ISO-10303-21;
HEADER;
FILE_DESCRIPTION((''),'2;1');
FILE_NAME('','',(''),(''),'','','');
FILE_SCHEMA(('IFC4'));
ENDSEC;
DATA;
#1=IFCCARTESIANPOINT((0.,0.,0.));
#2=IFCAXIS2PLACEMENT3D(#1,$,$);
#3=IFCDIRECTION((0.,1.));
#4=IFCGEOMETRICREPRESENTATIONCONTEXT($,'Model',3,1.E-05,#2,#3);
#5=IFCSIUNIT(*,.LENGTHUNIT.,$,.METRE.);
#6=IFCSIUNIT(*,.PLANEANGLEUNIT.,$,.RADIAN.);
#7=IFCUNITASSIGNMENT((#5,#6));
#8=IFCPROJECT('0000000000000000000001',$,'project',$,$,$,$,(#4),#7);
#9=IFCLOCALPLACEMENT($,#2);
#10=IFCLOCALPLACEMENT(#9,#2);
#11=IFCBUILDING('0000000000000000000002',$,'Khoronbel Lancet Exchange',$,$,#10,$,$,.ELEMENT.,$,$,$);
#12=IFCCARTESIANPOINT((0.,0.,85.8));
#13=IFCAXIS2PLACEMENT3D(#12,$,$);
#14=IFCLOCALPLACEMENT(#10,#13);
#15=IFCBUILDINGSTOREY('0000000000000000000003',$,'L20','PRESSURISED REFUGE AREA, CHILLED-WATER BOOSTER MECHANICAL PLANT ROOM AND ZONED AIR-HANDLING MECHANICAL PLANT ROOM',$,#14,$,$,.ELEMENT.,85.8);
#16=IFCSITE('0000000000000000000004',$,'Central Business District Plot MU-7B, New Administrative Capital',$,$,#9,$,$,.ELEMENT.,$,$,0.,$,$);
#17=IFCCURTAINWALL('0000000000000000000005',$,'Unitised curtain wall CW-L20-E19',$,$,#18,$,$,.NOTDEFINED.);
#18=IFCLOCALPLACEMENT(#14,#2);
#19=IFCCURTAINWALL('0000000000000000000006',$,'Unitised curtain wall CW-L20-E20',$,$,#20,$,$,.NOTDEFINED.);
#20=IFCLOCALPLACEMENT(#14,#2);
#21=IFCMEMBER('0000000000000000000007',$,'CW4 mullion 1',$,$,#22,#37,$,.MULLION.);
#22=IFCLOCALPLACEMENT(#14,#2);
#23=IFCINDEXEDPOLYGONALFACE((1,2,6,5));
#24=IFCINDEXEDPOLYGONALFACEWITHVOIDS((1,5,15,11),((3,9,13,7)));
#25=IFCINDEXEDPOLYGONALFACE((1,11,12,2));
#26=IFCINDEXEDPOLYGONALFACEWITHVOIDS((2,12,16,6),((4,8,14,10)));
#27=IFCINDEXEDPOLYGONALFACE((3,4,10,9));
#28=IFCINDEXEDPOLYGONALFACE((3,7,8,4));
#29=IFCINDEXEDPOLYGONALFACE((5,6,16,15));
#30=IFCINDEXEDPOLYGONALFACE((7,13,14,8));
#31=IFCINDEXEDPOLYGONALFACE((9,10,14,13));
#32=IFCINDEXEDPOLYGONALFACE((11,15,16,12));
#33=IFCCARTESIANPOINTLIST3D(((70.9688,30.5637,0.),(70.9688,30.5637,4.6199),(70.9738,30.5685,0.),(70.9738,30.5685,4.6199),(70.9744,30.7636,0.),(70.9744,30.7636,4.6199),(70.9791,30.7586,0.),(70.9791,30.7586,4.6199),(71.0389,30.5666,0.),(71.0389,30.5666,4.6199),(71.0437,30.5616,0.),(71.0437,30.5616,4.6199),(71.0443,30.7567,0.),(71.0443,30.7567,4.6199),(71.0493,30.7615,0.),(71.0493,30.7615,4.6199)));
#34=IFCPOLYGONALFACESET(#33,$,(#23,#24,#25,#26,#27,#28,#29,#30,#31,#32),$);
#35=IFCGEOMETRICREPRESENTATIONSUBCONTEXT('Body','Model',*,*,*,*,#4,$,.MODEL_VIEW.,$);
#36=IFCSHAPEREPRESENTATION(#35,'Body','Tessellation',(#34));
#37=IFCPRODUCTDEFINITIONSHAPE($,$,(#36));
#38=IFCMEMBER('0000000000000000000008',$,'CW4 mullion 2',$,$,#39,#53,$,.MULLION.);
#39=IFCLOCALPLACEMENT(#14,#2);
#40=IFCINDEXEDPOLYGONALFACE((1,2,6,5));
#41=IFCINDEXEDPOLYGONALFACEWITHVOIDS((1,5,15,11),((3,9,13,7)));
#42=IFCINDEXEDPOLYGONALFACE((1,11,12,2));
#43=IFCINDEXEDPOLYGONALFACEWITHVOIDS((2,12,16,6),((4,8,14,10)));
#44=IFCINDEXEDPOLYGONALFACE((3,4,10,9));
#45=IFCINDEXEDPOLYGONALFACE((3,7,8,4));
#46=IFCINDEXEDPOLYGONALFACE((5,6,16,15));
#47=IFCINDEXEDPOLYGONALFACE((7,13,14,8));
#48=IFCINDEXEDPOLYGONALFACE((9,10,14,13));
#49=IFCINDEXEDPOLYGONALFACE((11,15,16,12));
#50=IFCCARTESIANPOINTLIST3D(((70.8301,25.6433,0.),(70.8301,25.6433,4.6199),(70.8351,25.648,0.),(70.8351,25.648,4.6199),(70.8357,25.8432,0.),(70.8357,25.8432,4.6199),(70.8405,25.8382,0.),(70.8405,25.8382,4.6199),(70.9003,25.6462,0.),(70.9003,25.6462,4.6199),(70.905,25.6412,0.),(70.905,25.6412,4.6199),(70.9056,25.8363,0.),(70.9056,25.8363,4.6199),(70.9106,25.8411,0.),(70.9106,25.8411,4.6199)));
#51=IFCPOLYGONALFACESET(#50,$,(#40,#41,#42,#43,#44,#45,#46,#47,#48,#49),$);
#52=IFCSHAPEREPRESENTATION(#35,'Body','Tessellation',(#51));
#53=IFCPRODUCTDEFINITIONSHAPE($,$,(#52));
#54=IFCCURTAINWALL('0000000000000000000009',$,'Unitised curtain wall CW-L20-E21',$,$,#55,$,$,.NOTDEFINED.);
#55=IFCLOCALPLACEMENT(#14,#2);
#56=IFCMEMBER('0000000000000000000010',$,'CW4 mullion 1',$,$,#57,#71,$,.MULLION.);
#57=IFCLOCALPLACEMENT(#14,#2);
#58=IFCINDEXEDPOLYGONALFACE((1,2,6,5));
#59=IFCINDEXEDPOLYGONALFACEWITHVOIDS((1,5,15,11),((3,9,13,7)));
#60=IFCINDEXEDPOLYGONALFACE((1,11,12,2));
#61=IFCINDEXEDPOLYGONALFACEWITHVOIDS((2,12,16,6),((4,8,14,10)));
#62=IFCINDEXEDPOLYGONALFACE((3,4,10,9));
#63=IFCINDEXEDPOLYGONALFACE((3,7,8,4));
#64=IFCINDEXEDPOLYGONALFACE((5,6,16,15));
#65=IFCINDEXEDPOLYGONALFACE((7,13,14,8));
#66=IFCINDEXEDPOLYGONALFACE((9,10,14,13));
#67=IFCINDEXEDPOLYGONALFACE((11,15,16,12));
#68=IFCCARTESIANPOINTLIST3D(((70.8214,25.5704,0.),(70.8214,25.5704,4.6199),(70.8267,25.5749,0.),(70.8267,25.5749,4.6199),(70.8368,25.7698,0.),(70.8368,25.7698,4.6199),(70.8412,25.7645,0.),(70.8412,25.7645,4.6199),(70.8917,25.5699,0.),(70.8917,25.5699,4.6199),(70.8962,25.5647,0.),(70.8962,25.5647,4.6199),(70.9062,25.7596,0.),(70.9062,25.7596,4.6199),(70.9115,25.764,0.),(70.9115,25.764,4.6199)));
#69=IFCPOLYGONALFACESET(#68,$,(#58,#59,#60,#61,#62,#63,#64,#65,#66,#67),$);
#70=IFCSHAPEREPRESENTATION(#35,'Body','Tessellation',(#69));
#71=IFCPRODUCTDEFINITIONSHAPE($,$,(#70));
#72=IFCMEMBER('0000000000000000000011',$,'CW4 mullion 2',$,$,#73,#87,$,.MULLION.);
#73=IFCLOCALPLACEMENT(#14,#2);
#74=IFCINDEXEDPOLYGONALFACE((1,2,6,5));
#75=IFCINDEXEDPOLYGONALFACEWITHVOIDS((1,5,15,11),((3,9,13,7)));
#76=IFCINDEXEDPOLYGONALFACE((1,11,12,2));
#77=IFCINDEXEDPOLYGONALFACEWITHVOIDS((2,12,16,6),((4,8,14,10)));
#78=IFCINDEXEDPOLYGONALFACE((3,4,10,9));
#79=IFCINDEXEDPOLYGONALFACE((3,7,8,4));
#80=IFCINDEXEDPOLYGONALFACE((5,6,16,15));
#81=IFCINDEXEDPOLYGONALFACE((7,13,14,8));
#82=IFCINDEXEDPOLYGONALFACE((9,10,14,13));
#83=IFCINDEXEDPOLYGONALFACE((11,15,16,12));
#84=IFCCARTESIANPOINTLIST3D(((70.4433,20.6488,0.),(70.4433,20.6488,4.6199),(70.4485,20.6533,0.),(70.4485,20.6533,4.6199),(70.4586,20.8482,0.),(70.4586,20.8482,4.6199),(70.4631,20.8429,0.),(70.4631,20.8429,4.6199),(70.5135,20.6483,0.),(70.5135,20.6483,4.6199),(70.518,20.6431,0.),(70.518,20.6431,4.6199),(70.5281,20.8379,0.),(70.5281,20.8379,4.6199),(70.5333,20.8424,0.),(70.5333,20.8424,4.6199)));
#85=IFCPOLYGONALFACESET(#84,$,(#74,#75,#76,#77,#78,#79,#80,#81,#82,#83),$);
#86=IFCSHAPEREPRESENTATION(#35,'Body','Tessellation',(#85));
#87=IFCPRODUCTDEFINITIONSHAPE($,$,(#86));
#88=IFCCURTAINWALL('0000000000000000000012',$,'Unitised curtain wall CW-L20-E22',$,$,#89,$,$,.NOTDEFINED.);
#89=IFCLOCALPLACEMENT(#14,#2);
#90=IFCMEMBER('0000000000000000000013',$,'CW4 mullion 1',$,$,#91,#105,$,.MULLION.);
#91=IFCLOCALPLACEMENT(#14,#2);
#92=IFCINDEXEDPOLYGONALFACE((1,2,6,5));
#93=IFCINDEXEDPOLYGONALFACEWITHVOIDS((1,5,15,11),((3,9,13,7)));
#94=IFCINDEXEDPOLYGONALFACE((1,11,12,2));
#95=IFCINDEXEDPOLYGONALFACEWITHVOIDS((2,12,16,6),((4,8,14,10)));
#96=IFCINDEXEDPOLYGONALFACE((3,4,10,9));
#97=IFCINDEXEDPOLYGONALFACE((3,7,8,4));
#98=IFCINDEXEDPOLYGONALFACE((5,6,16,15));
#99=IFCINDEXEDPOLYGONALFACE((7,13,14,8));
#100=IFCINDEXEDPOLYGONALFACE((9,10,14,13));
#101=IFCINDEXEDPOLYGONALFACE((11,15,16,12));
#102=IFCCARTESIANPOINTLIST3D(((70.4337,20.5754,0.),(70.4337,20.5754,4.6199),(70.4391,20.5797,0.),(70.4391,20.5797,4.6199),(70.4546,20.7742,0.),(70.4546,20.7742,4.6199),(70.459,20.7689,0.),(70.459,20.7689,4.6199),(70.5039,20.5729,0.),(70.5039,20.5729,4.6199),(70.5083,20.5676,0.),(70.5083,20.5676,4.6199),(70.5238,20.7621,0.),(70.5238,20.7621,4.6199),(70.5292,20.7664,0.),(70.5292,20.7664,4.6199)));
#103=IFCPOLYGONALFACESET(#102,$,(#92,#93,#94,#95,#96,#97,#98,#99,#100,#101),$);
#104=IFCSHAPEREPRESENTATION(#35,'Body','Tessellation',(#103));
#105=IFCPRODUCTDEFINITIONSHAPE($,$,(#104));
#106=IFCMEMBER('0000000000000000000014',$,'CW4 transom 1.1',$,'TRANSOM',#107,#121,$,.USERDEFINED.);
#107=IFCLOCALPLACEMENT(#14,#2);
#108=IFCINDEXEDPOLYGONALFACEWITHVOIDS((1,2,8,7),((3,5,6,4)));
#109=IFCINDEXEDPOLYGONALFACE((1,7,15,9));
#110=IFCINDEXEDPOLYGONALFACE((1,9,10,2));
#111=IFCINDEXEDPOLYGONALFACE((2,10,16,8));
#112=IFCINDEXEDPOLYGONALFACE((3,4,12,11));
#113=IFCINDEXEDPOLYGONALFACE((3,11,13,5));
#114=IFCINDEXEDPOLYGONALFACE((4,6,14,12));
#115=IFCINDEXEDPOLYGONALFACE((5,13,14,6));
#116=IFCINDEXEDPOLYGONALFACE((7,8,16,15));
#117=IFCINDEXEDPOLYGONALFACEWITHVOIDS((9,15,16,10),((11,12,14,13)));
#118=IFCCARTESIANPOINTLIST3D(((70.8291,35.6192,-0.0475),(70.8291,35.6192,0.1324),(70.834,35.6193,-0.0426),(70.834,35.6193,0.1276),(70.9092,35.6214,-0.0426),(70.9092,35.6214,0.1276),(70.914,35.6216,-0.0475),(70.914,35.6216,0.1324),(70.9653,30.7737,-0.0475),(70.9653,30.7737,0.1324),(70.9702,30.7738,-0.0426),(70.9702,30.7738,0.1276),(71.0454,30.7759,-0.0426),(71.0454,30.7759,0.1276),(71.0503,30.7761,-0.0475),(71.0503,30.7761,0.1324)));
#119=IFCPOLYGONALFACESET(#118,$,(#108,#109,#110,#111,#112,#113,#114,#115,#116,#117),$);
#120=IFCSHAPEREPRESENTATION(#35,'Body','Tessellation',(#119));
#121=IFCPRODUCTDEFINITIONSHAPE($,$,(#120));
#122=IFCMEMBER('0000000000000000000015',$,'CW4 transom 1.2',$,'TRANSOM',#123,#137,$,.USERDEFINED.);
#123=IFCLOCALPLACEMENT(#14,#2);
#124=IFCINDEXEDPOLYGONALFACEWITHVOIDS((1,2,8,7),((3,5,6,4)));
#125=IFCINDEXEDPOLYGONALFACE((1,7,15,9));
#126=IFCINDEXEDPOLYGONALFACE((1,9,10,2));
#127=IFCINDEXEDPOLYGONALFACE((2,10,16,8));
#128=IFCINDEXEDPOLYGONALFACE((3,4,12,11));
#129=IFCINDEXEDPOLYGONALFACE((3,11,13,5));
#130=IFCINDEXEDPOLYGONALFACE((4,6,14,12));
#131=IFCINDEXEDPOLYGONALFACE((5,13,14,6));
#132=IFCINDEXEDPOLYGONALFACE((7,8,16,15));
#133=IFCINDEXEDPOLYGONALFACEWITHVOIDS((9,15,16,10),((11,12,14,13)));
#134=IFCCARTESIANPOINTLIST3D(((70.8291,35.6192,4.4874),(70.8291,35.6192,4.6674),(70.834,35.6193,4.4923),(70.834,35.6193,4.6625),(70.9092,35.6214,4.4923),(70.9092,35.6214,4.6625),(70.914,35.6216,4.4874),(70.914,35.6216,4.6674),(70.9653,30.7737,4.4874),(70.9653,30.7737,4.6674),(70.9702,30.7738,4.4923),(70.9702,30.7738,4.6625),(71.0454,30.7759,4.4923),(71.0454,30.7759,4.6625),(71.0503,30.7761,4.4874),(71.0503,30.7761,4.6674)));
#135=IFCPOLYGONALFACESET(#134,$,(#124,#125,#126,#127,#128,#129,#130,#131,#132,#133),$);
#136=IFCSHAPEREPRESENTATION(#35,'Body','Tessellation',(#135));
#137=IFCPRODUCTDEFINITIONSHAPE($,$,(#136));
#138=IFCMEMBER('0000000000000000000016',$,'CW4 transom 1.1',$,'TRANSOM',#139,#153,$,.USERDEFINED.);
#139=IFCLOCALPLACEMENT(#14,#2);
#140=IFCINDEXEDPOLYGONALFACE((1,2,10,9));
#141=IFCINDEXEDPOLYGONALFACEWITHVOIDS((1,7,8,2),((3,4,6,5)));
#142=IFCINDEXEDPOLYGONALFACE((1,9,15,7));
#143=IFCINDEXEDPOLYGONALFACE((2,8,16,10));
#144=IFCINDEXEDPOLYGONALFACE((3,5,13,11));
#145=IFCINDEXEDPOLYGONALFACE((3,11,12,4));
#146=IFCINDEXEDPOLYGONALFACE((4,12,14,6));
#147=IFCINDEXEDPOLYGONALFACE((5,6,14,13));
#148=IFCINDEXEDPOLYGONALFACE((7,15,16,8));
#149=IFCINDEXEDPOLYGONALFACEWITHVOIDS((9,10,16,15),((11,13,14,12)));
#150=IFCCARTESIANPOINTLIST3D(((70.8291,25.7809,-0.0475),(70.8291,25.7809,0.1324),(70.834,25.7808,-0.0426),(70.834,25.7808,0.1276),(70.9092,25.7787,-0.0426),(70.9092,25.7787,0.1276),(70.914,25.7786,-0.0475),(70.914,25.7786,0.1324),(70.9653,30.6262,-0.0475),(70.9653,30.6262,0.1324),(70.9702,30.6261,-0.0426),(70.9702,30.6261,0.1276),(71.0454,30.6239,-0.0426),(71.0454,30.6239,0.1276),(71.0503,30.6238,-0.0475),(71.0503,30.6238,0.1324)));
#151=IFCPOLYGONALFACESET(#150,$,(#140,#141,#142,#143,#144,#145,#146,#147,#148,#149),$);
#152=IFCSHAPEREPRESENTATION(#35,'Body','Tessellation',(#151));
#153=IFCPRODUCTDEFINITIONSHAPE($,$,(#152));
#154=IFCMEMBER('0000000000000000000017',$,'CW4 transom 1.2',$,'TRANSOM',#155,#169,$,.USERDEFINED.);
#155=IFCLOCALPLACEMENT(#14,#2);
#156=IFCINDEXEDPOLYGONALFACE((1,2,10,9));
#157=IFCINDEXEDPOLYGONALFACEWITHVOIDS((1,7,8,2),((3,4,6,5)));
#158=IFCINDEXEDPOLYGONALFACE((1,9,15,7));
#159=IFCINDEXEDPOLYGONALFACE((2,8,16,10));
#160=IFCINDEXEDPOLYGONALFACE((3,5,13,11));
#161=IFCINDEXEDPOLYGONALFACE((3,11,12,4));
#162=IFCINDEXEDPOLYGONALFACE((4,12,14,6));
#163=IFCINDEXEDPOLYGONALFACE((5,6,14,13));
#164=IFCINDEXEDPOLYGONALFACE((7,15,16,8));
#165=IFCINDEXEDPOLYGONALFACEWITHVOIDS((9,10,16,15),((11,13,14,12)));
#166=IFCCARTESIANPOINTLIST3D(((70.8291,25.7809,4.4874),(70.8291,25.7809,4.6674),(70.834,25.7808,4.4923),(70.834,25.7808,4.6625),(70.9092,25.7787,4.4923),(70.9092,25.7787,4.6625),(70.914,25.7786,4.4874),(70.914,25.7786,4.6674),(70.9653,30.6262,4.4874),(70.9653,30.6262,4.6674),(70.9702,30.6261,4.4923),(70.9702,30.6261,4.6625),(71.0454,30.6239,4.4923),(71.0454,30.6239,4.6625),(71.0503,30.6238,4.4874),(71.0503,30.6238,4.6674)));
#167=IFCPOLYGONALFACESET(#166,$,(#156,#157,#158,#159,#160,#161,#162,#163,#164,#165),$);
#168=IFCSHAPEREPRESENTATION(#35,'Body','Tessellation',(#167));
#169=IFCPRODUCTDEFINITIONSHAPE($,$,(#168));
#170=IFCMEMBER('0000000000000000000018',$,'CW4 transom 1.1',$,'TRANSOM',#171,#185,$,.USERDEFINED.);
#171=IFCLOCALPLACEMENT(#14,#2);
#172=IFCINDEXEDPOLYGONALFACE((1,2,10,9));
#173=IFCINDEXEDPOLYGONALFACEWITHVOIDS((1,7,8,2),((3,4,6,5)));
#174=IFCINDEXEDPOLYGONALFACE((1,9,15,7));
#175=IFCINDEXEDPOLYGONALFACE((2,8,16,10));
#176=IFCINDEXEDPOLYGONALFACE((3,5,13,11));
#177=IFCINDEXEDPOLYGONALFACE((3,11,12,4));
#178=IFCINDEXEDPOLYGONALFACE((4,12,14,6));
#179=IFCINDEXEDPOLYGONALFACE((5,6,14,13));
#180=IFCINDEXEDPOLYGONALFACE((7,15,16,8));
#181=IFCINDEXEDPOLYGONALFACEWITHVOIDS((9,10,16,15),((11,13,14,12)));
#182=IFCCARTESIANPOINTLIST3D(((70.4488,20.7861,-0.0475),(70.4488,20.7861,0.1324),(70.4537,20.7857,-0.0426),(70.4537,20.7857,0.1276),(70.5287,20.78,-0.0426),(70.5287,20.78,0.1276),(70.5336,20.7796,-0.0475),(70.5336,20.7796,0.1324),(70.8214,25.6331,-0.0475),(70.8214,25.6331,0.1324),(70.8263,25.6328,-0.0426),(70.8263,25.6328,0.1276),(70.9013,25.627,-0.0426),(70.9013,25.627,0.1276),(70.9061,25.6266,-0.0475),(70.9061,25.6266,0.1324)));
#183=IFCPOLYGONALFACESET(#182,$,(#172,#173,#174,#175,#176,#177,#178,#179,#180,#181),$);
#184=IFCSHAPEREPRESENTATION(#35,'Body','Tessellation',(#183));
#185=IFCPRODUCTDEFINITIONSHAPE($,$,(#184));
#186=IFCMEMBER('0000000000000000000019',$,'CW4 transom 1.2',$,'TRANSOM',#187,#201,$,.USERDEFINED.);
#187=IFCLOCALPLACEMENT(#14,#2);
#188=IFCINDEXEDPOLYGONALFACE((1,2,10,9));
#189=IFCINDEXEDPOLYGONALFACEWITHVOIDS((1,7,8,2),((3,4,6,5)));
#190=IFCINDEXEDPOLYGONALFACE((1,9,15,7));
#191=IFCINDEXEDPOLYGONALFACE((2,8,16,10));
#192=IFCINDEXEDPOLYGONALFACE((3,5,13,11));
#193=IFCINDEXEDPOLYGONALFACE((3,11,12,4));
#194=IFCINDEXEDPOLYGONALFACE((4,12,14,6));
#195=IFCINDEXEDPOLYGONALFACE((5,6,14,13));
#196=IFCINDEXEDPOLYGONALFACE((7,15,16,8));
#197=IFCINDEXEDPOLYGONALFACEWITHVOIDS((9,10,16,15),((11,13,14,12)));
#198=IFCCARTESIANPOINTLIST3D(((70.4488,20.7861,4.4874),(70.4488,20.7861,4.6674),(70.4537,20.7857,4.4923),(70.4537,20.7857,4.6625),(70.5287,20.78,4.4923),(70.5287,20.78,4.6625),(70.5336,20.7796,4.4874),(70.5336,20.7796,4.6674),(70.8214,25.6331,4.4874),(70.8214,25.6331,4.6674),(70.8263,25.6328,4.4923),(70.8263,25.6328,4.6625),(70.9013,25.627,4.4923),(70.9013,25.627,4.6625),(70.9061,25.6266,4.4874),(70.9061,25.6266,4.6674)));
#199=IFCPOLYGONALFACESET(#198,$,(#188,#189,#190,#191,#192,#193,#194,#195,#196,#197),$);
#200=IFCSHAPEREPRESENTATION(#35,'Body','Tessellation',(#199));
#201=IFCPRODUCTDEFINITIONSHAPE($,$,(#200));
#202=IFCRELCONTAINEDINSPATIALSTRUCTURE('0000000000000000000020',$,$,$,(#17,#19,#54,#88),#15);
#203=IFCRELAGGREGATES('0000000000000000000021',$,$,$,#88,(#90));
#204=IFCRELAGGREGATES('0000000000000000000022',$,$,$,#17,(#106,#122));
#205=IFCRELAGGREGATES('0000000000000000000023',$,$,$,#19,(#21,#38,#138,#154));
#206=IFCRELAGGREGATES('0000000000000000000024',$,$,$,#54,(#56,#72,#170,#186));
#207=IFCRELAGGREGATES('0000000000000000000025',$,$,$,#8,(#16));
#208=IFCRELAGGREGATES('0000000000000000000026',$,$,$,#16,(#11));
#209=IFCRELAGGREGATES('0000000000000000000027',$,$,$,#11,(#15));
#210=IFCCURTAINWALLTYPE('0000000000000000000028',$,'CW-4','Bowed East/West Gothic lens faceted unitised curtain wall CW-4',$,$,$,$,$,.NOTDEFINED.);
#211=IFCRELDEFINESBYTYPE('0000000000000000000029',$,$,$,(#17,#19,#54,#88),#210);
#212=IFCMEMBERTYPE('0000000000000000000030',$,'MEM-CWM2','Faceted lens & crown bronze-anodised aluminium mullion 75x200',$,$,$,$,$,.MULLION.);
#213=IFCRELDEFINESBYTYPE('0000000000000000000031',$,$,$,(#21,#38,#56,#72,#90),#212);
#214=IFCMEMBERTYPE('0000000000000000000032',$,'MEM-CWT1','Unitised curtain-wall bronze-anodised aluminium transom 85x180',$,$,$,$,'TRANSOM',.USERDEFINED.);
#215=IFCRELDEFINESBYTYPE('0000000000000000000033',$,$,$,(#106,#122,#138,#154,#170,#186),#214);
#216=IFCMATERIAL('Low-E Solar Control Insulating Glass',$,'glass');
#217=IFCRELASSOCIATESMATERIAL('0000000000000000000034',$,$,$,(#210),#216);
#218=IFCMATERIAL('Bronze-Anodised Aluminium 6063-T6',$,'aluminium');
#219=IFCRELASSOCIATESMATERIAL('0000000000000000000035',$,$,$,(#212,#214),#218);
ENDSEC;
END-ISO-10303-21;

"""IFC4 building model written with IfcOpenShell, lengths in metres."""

from ifc_helpers import new_model, si_unit, direction, frame, origin, origin_2d, place, context, subcontext, project, spatial, hollow_rectangle, extrude, material, material_profile, profile_set, type_object, element, aggregate, save


model = new_model("IFC4")

# Units and contexts
model_context = context("Model", 3, precision=1e-05, world=origin(), true_north=direction((0.0, 1.0)))
body_context = subcontext(model_context, "Body", "Model", "MODEL_VIEW")
ifc_project = project(units=[si_unit("LENGTHUNIT", "METRE"), si_unit("PLANEANGLEUNIT", "RADIAN")], contexts=[model_context])

# Site, building, storey
site_placement = place(None, origin())
site = spatial("IfcSite", under=ifc_project, at=site_placement, Name="Central Business District Plot MU-7B, New Administrative Capital", CompositionType="ELEMENT", RefElevation=0.0)
building_placement = place(site_placement, origin())
building = spatial("IfcBuilding", under=site, at=building_placement, Name="Khoronbel Lancet Exchange", CompositionType="ELEMENT")
storey_placement = place(building_placement, frame((0.0, 0.0, 85.8)))
storey = spatial("IfcBuildingStorey", under=building, at=storey_placement, Name="L20", Description="PRESSURISED REFUGE AREA, CHILLED-WATER BOOSTER MECHANICAL PLANT ROOM AND ZONED AIR-HANDLING MECHANICAL PLANT ROOM", CompositionType="ELEMENT", Elevation=85.8)

# Curtain walls, members
ifc_material_1 = material(Name="Low-E Solar Control Insulating Glass", Category="glass")
curtain_wall_type = type_object("IfcCurtainWallType", Name="CW-4", Description="Bowed East/West Gothic lens faceted unitised curtain wall CW-4", PredefinedType="NOTDEFINED", material=ifc_material_1)
curtain_wall_1_placement = place(storey_placement, origin())
curtain_wall_1 = element("IfcCurtainWall", 1, at=curtain_wall_1_placement, inside=storey, type_object=curtain_wall_type, Name="Unitised curtain wall CW-L20-E19", PredefinedType="NOTDEFINED")
ifc_material_2 = material(Name="Bronze-Anodised Aluminium 6063-T6", Category="aluminium")
ifc_material_profile_1 = material_profile(ifc_material_2, hollow_rectangle(XDim=0.075, YDim=0.2, WallThickness=0.0049, at=origin_2d()), Name="ALU MULLION 75x200")
ifc_profile_set_1 = profile_set([ifc_material_profile_1], Name="Bronze-Anodised Aluminium 6063-T6")
member_type_1 = type_object("IfcMemberType", Name="MEM-CWM2", Description="Faceted lens & crown bronze-anodised aluminium mullion 75x200", PredefinedType="MULLION", material=ifc_profile_set_1)
curtain_wall_2_placement = place(storey_placement, origin())
curtain_wall_2 = element("IfcCurtainWall", 2, at=curtain_wall_2_placement, inside=storey, type_object=curtain_wall_type, Name="Unitised curtain wall CW-L20-E20", PredefinedType="NOTDEFINED")
member_1_placement = place(storey_placement, frame((71.009, 30.6626, 0.0), z_axis=(0.0, 0.0, 1.0), x_axis=(0.999604, -0.028135, 0.0)))
member_1 = element("IfcMember", 3, at=member_1_placement, type_object=member_type_1, Name="CW4 mullion 1", PredefinedType="MULLION", context=body_context, shape_type="SweptSolid", body=[
    extrude(hollow_rectangle(XDim=0.075, YDim=0.2, WallThickness=0.0049, at=origin_2d()), origin(), (0.0, 0.0, 1.0), 4.6199),
])
member_2_placement = place(storey_placement, frame((70.8704, 25.7422, 0.0), z_axis=(0.0, 0.0, 1.0), x_axis=(0.999604, -0.028135, 0.0)))
member_2 = element("IfcMember", 4, at=member_2_placement, type_object=member_type_1, Name="CW4 mullion 2", PredefinedType="MULLION", context=body_context, shape_type="SweptSolid", body=[
    extrude(hollow_rectangle(XDim=0.075, YDim=0.2, WallThickness=0.0049, at=origin_2d()), origin(), (0.0, 0.0, 1.0), 4.6199),
])
curtain_wall_3_placement = place(storey_placement, origin())
curtain_wall_3 = element("IfcCurtainWall", 5, at=curtain_wall_3_placement, inside=storey, type_object=curtain_wall_type, Name="Unitised curtain wall CW-L20-E21", PredefinedType="NOTDEFINED")
member_3_placement = place(storey_placement, frame((70.8665, 25.6672, 0.0), z_axis=(0.0, 0.0, 1.0), x_axis=(0.99706, -0.076626, 0.0)))
member_3 = element("IfcMember", 6, at=member_3_placement, type_object=member_type_1, Name="CW4 mullion 1", PredefinedType="MULLION", context=body_context, shape_type="SweptSolid", body=[
    extrude(hollow_rectangle(XDim=0.075, YDim=0.2, WallThickness=0.0049, at=origin_2d()), origin(), (0.0, 0.0, 1.0), 4.6199),
])
member_4_placement = place(storey_placement, frame((70.4883, 20.7456, 0.0), z_axis=(0.0, 0.0, 1.0), x_axis=(0.99706, -0.076626, 0.0)))
member_4 = element("IfcMember", 7, at=member_4_placement, type_object=member_type_1, Name="CW4 mullion 2", PredefinedType="MULLION", context=body_context, shape_type="SweptSolid", body=[
    extrude(hollow_rectangle(XDim=0.075, YDim=0.2, WallThickness=0.0049, at=origin_2d()), origin(), (0.0, 0.0, 1.0), 4.6199),
])

# Curtain wall, member
curtain_wall_4_placement = place(storey_placement, origin())
curtain_wall_4 = element("IfcCurtainWall", 8, at=curtain_wall_4_placement, inside=storey, type_object=curtain_wall_type, Name="Unitised curtain wall CW-L20-E22", PredefinedType="NOTDEFINED")
member_5_placement = place(storey_placement, frame((70.4814, 20.6709, 0.0), z_axis=(0.0, 0.0, 1.0), x_axis=(0.994532, -0.104434, 0.0)))
member_5 = element("IfcMember", 9, at=member_5_placement, type_object=member_type_1, Name="CW4 mullion 1", PredefinedType="MULLION", context=body_context, shape_type="SweptSolid", body=[
    extrude(hollow_rectangle(XDim=0.075, YDim=0.2, WallThickness=0.0049, at=origin_2d()), origin(), (0.0, 0.0, 1.0), 4.6199),
])

# Members
ifc_material_profile_2 = material_profile(ifc_material_2, hollow_rectangle(XDim=0.085, YDim=0.1799, WallThickness=0.0049, at=origin_2d()), Name="ALU TRANSOM 85x180")
ifc_profile_set_2 = profile_set([ifc_material_profile_2], Name="Bronze-Anodised Aluminium 6063-T6")
member_type_2 = type_object("IfcMemberType", Name="MEM-CWT1", Description="Unitised curtain-wall bronze-anodised aluminium transom 85x180", ElementType="TRANSOM", PredefinedType="USERDEFINED", material=ifc_profile_set_2)
member_6_placement = place(storey_placement, frame((70.8716, 35.6204, 0.0425), z_axis=(0.028104, -0.999605, 0.0), x_axis=(0.999605, 0.028104, 0.0)))
member_6 = element("IfcMember", 10, at=member_6_placement, type_object=member_type_2, Name="CW4 transom 1.1", ObjectType="TRANSOM", PredefinedType="USERDEFINED", context=body_context, shape_type="SweptSolid", body=[
    extrude(hollow_rectangle(XDim=0.085, YDim=0.1799, WallThickness=0.0049, at=origin_2d()), origin(), (0.0, 0.0, 1.0), 4.8474),
])
member_7_placement = place(storey_placement, frame((70.8716, 35.6204, 4.5774), z_axis=(0.028104, -0.999605, 0.0), x_axis=(0.999605, 0.028104, 0.0)))
member_7 = element("IfcMember", 11, at=member_7_placement, type_object=member_type_2, Name="CW4 transom 1.2", ObjectType="TRANSOM", PredefinedType="USERDEFINED", context=body_context, shape_type="SweptSolid", body=[
    extrude(hollow_rectangle(XDim=0.085, YDim=0.1799, WallThickness=0.0049, at=origin_2d()), origin(), (0.0, 0.0, 1.0), 4.8474),
])
member_8_placement = place(storey_placement, frame((71.0078, 30.625, 0.0425), z_axis=(-0.028105, -0.999605, 0.0), x_axis=(0.999605, -0.028105, 0.0)))
member_8 = element("IfcMember", 12, at=member_8_placement, type_object=member_type_2, Name="CW4 transom 1.1", ObjectType="TRANSOM", PredefinedType="USERDEFINED", context=body_context, shape_type="SweptSolid", body=[
    extrude(hollow_rectangle(XDim=0.085, YDim=0.1799, WallThickness=0.0049, at=origin_2d()), origin(), (0.0, 0.0, 1.0), 4.8472),
])
member_9_placement = place(storey_placement, frame((71.0078, 30.625, 4.5774), z_axis=(-0.028105, -0.999605, 0.0), x_axis=(0.999605, -0.028105, 0.0)))
member_9 = element("IfcMember", 13, at=member_9_placement, type_object=member_type_2, Name="CW4 transom 1.2", ObjectType="TRANSOM", PredefinedType="USERDEFINED", context=body_context, shape_type="SweptSolid", body=[
    extrude(hollow_rectangle(XDim=0.085, YDim=0.1799, WallThickness=0.0049, at=origin_2d()), origin(), (0.0, 0.0, 1.0), 4.8472),
])
member_10_placement = place(storey_placement, frame((70.8638, 25.6299, 0.0425), z_axis=(-0.076639, -0.997059, 0.0), x_axis=(0.997059, -0.076639, 0.0)))
member_10 = element("IfcMember", 14, at=member_10_placement, type_object=member_type_2, Name="CW4 transom 1.1", ObjectType="TRANSOM", PredefinedType="USERDEFINED", context=body_context, shape_type="SweptSolid", body=[
    extrude(hollow_rectangle(XDim=0.085, YDim=0.1799, WallThickness=0.0049, at=origin_2d()), origin(), (0.0, 0.0, 1.0), 4.8613),
])
member_11_placement = place(storey_placement, frame((70.8638, 25.6299, 4.5774), z_axis=(-0.076639, -0.997059, 0.0), x_axis=(0.997059, -0.076639, 0.0)))
member_11 = element("IfcMember", 15, at=member_11_placement, type_object=member_type_2, Name="CW4 transom 1.2", ObjectType="TRANSOM", PredefinedType="USERDEFINED", context=body_context, shape_type="SweptSolid", body=[
    extrude(hollow_rectangle(XDim=0.085, YDim=0.1799, WallThickness=0.0049, at=origin_2d()), origin(), (0.0, 0.0, 1.0), 4.8613),
])
aggregate(curtain_wall_4, [member_5])

aggregate(curtain_wall_1, [member_6, member_7])
aggregate(curtain_wall_2, [member_1, member_2, member_8, member_9])
aggregate(curtain_wall_3, [member_3, member_4, member_10, member_11])

save(model, "model.ifc")
